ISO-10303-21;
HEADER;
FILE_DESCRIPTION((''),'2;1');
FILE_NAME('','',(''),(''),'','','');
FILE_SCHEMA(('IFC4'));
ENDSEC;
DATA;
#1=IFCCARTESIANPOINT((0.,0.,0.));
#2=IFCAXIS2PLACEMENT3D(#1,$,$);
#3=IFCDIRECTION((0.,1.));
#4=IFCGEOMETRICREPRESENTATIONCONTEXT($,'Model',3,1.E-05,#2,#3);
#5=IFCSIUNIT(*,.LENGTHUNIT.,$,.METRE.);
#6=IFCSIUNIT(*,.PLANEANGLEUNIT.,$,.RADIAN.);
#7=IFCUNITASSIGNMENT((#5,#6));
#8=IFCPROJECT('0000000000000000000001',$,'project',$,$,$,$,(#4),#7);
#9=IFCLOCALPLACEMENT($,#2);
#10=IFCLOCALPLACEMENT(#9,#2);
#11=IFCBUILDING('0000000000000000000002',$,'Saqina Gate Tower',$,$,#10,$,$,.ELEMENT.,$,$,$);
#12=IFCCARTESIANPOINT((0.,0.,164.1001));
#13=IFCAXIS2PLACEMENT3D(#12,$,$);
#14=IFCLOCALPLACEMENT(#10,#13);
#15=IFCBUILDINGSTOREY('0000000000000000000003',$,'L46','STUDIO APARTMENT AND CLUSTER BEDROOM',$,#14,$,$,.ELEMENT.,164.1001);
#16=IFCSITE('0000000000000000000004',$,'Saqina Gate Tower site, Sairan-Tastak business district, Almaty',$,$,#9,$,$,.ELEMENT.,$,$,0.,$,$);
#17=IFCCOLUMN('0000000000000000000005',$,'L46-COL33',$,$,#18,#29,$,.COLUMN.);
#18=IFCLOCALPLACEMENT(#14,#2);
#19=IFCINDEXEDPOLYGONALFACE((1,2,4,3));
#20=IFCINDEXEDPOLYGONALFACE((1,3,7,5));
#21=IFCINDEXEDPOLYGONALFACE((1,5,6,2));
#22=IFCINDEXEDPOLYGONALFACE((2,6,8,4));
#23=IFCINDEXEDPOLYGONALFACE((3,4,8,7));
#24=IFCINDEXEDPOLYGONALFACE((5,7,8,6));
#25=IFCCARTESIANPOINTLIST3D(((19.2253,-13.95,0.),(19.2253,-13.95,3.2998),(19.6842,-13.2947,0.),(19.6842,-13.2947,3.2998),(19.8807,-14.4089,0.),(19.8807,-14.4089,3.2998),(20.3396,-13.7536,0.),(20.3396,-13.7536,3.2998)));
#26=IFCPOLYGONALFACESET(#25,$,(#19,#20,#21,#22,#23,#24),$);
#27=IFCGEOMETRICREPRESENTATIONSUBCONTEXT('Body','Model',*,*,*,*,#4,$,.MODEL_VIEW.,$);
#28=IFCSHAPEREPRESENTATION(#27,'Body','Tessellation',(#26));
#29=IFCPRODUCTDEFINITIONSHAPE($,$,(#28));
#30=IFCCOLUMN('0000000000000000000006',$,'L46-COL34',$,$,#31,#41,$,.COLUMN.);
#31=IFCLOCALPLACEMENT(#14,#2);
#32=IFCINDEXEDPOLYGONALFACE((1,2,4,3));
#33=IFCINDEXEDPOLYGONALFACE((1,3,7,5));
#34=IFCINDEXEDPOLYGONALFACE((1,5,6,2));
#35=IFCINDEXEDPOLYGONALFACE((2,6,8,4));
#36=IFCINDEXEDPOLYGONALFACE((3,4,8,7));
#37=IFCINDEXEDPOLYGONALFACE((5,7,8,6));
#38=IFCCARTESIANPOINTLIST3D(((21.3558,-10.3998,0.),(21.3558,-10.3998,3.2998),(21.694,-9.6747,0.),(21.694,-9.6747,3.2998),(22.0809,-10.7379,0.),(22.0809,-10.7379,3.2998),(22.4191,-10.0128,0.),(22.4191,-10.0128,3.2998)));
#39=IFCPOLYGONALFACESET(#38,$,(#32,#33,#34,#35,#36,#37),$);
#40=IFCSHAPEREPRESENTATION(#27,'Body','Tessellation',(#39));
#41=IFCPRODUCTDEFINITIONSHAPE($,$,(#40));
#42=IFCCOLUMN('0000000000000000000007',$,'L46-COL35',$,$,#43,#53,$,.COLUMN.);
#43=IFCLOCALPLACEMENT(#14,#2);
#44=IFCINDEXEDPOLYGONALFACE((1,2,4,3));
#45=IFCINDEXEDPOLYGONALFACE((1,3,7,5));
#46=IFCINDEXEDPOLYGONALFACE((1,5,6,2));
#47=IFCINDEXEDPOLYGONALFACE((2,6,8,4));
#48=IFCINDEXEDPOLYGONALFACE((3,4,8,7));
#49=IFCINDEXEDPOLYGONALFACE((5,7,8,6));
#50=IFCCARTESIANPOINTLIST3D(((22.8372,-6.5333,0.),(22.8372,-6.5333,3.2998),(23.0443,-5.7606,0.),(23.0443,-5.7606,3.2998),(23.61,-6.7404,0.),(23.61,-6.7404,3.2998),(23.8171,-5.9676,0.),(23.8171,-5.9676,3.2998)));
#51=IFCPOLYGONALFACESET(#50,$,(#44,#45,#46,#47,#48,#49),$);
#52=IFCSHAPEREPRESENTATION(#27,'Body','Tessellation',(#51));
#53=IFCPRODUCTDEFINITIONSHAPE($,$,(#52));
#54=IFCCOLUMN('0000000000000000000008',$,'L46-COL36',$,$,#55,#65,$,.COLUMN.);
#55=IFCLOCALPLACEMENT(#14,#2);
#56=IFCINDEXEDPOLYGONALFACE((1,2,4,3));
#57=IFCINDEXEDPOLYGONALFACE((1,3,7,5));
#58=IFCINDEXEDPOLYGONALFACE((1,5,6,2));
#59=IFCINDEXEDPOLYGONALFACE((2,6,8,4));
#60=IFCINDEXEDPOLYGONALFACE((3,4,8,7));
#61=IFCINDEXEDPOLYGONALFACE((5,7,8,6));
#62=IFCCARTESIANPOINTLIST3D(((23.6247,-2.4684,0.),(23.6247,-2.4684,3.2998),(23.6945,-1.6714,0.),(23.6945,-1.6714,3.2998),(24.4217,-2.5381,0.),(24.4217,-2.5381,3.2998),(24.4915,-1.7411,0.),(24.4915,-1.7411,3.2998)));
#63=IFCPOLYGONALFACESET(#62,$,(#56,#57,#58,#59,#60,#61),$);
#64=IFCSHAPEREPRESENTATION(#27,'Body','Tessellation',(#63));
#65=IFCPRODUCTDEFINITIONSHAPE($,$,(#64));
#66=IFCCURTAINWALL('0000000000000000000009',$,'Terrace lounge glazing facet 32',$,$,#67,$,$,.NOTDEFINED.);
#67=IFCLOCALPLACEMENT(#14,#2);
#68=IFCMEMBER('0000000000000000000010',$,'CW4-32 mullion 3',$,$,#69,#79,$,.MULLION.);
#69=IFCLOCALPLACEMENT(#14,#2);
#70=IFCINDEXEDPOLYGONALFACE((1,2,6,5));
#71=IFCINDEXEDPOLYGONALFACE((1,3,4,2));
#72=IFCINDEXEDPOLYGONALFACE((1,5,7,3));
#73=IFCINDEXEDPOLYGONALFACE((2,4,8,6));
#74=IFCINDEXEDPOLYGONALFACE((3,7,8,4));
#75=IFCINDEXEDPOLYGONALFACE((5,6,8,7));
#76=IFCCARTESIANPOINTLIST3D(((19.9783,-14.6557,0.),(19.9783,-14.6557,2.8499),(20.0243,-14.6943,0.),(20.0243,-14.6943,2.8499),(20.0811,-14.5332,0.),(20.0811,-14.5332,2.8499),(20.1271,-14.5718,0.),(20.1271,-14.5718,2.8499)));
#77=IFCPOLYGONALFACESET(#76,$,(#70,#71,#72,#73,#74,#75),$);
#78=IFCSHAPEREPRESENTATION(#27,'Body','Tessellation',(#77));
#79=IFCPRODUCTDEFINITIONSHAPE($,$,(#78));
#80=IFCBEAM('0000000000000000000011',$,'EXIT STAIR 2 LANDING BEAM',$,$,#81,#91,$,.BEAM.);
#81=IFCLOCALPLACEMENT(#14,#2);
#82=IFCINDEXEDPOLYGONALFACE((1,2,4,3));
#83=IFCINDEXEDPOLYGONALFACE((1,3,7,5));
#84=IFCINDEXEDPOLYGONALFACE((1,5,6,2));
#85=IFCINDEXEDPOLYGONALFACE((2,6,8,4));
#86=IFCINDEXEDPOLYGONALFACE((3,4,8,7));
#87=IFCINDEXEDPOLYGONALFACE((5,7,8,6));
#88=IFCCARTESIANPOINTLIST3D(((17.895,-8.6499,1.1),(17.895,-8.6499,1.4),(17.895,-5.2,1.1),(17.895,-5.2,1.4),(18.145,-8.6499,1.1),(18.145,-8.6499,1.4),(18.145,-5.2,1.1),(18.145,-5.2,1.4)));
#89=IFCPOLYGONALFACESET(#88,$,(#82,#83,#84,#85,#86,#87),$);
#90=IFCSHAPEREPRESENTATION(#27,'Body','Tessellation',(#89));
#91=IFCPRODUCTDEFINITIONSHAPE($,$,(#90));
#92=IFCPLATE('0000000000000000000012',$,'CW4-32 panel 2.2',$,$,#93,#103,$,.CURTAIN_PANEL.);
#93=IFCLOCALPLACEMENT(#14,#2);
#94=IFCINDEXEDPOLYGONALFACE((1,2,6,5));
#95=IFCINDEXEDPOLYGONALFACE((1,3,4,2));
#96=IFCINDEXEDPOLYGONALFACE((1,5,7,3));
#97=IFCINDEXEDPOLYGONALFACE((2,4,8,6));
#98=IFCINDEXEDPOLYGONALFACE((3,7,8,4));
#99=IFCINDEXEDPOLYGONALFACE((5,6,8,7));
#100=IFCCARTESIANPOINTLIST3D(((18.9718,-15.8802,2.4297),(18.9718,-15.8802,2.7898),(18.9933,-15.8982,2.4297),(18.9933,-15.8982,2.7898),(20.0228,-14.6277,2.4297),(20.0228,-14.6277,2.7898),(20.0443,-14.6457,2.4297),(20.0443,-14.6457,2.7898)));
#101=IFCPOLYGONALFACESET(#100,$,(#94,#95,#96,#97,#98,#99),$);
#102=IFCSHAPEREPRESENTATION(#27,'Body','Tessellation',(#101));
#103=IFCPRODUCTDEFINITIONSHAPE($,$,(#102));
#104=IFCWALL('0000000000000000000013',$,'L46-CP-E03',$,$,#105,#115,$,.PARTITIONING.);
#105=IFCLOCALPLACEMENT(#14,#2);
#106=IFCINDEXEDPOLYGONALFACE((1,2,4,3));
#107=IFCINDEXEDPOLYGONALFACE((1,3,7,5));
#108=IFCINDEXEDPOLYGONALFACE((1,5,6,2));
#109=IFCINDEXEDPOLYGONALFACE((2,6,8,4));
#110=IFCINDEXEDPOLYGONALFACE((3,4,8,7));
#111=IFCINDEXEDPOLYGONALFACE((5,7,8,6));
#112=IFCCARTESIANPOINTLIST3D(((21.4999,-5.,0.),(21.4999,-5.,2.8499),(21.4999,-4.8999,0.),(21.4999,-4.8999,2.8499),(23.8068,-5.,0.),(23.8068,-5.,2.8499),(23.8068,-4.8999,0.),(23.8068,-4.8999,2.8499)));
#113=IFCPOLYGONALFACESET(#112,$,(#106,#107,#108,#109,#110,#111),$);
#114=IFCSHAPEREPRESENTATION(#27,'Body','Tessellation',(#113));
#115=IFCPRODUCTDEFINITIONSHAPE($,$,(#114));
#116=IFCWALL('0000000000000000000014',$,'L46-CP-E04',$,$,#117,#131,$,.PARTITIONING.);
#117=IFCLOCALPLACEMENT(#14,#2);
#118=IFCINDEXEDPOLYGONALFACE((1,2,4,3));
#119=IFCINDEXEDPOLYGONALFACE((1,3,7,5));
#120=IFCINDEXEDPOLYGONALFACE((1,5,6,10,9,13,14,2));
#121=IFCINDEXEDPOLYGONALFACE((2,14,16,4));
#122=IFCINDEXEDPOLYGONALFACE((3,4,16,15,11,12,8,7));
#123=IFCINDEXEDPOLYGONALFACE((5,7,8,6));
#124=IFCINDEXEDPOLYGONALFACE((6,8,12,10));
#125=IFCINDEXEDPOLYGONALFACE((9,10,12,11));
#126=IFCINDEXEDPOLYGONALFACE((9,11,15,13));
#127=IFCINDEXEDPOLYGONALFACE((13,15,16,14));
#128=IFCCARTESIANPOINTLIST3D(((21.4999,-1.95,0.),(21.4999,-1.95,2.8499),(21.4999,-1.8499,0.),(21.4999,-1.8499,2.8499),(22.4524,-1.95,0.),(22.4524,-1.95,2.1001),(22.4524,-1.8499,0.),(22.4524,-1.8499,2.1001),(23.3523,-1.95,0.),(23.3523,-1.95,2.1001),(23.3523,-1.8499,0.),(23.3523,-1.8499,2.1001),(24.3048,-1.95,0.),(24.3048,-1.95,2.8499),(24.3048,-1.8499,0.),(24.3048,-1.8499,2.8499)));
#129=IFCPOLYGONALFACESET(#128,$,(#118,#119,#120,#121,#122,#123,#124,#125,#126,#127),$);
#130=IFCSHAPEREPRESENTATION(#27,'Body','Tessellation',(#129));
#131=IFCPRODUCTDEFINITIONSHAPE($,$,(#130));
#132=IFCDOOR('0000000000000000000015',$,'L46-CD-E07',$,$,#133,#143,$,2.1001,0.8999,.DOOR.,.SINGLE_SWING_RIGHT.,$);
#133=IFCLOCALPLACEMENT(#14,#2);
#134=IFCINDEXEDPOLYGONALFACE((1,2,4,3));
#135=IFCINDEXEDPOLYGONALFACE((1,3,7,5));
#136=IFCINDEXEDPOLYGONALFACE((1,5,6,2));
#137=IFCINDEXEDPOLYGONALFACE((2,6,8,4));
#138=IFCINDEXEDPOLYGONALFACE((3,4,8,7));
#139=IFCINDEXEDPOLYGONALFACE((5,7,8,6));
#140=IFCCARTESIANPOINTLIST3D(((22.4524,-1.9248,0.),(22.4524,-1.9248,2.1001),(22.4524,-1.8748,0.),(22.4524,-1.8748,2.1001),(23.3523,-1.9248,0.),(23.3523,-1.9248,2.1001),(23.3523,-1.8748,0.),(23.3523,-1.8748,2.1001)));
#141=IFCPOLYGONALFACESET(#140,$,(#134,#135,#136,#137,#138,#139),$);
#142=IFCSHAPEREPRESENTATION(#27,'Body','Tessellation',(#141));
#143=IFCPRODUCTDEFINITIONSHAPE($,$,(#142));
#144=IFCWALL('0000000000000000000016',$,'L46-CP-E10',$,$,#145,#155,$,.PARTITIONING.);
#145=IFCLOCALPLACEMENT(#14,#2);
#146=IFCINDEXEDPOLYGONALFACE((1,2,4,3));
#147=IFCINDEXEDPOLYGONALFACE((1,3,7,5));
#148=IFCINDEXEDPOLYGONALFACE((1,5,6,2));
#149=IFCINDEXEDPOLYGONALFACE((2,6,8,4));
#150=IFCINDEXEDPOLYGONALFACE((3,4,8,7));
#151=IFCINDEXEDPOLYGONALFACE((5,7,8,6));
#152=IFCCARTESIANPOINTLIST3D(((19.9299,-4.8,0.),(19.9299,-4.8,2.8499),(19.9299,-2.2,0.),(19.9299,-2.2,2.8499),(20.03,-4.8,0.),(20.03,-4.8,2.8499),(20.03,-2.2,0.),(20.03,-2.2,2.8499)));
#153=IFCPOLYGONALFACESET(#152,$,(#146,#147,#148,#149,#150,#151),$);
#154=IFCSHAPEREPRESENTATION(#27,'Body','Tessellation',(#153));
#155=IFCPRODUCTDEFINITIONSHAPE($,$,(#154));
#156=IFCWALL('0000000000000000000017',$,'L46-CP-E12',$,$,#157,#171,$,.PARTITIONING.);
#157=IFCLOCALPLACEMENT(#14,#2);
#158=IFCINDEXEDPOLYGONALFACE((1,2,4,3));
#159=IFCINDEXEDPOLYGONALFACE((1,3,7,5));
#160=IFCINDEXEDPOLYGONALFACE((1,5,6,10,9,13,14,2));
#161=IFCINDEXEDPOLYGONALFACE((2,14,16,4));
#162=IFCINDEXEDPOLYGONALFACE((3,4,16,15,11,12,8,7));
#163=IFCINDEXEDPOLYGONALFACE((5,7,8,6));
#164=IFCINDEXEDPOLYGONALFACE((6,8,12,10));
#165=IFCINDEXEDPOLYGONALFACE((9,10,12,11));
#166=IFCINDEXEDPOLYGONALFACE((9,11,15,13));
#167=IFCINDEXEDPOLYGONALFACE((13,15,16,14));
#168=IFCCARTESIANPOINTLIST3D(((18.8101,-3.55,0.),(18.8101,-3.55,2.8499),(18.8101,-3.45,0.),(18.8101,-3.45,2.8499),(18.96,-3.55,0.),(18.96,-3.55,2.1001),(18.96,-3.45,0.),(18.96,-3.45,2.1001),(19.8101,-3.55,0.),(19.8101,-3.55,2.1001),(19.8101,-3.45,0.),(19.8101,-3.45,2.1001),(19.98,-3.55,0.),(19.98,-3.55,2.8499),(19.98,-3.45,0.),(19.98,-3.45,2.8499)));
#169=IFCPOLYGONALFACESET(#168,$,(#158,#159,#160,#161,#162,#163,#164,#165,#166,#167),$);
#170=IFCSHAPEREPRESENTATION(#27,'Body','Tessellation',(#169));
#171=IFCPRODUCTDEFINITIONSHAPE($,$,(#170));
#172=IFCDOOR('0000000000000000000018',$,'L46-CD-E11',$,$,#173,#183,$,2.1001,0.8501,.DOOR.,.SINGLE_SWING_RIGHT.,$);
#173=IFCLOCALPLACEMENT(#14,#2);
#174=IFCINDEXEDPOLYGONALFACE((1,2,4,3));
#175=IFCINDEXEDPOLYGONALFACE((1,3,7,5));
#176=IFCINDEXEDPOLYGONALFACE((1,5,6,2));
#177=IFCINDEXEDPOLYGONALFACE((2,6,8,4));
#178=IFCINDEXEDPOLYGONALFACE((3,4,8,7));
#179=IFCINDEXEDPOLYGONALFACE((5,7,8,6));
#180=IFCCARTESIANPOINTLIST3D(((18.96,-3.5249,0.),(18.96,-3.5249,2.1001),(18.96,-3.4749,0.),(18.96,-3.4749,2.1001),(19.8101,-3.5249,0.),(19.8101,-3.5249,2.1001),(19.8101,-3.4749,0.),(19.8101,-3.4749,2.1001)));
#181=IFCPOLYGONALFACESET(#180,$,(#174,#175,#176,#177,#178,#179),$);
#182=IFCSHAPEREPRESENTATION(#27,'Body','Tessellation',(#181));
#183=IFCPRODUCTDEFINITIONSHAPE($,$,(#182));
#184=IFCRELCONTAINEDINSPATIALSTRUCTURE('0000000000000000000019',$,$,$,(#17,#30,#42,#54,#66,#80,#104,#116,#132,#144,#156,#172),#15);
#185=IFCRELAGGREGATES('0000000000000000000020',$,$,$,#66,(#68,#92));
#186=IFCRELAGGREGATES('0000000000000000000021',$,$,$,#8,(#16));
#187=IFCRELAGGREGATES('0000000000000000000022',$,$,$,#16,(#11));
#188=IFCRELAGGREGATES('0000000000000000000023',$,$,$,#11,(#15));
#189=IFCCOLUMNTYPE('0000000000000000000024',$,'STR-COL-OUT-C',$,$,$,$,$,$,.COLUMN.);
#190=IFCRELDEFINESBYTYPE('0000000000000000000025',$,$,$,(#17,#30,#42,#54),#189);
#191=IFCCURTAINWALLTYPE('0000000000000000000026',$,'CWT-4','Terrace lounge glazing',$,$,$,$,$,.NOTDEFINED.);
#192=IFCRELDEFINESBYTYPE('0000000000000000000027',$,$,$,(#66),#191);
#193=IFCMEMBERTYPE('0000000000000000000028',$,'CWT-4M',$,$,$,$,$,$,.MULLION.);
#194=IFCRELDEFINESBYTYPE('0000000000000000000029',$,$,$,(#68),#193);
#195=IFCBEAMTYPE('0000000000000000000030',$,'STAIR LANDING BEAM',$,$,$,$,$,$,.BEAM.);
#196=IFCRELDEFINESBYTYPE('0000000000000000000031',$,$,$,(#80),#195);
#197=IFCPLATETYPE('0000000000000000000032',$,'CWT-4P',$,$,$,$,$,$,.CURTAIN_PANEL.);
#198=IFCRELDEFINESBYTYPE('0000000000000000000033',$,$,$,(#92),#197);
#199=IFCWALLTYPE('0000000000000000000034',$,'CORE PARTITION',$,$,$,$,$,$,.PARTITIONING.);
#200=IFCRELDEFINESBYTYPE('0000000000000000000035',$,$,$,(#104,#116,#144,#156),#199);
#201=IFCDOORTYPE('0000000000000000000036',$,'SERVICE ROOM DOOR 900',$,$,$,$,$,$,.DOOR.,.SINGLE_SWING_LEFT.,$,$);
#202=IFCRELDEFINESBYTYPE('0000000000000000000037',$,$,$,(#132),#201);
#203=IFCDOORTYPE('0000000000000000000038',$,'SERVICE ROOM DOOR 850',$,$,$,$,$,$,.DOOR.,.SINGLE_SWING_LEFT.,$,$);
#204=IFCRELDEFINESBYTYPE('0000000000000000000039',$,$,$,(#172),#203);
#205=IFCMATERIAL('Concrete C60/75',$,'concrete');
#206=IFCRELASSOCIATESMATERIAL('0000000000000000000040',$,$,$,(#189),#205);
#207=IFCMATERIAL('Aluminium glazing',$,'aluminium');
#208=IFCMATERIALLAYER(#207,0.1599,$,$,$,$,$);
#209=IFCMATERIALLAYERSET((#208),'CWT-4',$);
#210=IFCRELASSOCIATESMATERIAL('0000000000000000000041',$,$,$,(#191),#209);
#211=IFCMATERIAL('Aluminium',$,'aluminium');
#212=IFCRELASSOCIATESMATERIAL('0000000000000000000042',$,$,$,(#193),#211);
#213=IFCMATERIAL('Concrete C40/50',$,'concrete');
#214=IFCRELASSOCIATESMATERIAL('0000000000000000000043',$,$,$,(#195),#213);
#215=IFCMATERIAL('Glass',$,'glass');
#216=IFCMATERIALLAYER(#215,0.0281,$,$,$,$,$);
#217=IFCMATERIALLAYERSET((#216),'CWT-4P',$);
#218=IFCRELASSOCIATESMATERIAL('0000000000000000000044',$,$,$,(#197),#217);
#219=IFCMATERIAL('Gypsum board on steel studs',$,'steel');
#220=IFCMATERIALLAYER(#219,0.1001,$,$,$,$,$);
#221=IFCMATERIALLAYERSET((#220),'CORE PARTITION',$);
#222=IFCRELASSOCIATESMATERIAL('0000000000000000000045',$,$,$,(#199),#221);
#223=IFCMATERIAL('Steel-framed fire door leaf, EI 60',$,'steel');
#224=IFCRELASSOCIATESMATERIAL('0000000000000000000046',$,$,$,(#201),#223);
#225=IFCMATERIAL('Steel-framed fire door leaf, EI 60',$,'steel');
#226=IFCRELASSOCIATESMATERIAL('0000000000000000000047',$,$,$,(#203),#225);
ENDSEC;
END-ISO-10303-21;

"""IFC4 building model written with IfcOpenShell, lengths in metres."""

from ifc_helpers import new_model, si_unit, direction, frame, frame_2d, origin, origin_2d, place, context, subcontext, project, spatial, rectangle, extrude, material, layer, layer_set, material_profile, profile_set, type_object, element, fill, aggregate, save


model = new_model("IFC4")

# Units and contexts
model_context = context("Model", 3, precision=1e-05, world=origin(), true_north=direction((0.0, 1.0)))
body_context = subcontext(model_context, "Body", "Model", "MODEL_VIEW")
ifc_project = project(units=[si_unit("LENGTHUNIT", "METRE"), si_unit("PLANEANGLEUNIT", "RADIAN")], contexts=[model_context])

# Site, building, storey
site_placement = place(None, origin())
site = spatial("IfcSite", under=ifc_project, at=site_placement, Name="Saqina Gate Tower site, Sairan-Tastak business district, Almaty", CompositionType="ELEMENT", RefElevation=0.0)
building_placement = place(site_placement, origin())
building = spatial("IfcBuilding", under=site, at=building_placement, Name="Saqina Gate Tower", CompositionType="ELEMENT")
storey_placement = place(building_placement, frame((0.0, 0.0, 164.1001)))
storey = spatial("IfcBuildingStorey", under=building, at=storey_placement, Name="L46", Description="STUDIO APARTMENT AND CLUSTER BEDROOM", CompositionType="ELEMENT", Elevation=164.1001)

# Columns
ifc_material_1 = material(Name="Concrete C60/75", Category="concrete")
ifc_material_profile_1 = material_profile(ifc_material_1, rectangle(XDim=0.8, YDim=0.8, at=origin_2d()), Name="RC 800x800")
ifc_profile_set_1 = profile_set([ifc_material_profile_1], Name="Concrete C60/75")
column_type = type_object("IfcColumnType", Name="STR-COL-OUT-C", PredefinedType="COLUMN", material=ifc_profile_set_1)
for number, where, z_axis, x_axis, name in (
    (1, (19.7825, -13.8518, 0.0), (0.0, 0.0, 1.0), (0.819152, -0.573576, 0.0), "L46-COL33"),
    (2, (21.8875, -10.2063, 0.0), (0.0, 0.0, 1.0), (0.906308, -0.422618, 0.0), "L46-COL34"),
    (3, (23.3271, -6.2505, 0.0), (0.0, 0.0, 1.0), (0.965926, -0.258819, 0.0), "L46-COL35"),
    (4, (24.0581, -2.1047, 0.0), (0.0, 0.0, 1.0), (0.996195, -0.087156, 0.0), "L46-COL36"),
):
    element("IfcColumn", number, at=place(storey_placement, frame(where, z_axis=z_axis, x_axis=x_axis)), inside=storey, type_object=column_type, Name=name, PredefinedType="COLUMN", context=body_context, shape_type="SweptSolid", body=[
        extrude(rectangle(XDim=0.8, YDim=0.8, at=origin_2d()), origin(), (0.0, 0.0, 1.0), 3.2998),
    ])

# Curtain wall, member
ifc_material_2 = material(Name="Aluminium glazing", Category="aluminium")
ifc_layer_1 = layer(ifc_material_2, 0.1599)
ifc_layer_set_1 = layer_set([ifc_layer_1], Name="CWT-4")
curtain_wall_type = type_object("IfcCurtainWallType", Name="CWT-4", Description="Terrace lounge glazing", PredefinedType="NOTDEFINED", material=ifc_layer_set_1)
curtain_wall_placement = place(storey_placement, origin())
curtain_wall = element("IfcCurtainWall", 5, at=curtain_wall_placement, inside=storey, type_object=curtain_wall_type, Name="Terrace lounge glazing facet 32", PredefinedType="NOTDEFINED")
ifc_material_3 = material(Name="Aluminium", Category="aluminium")
ifc_material_profile_2 = material_profile(ifc_material_3, rectangle(XDim=0.0601, YDim=0.1599, at=origin_2d()), Name="Aluminium 60x160")
ifc_profile_set_2 = profile_set([ifc_material_profile_2], Name="Aluminium")
member_type = type_object("IfcMemberType", Name="CWT-4M", PredefinedType="MULLION", material=ifc_profile_set_2)
member_placement = place(storey_placement, frame((20.0527, -14.6138, 0.0), z_axis=(0.0, 0.0, 1.0), x_axis=(-0.766043, 0.64279, 0.0)))
member = element("IfcMember", 6, at=member_placement, type_object=member_type, Name="CW4-32 mullion 3", PredefinedType="MULLION", context=body_context, shape_type="SweptSolid", body=[
    extrude(rectangle(XDim=0.0601, YDim=0.1599, at=origin_2d()), origin(), (0.0, 0.0, 1.0), 2.8499),
])

# Beam
ifc_material_4 = material(Name="Concrete C40/50", Category="concrete")
ifc_material_profile_3 = material_profile(ifc_material_4, rectangle(XDim=0.25, YDim=0.3, at=origin_2d()), Name="STAIR LANDING BEAM")
ifc_profile_set_3 = profile_set([ifc_material_profile_3], Name="Concrete C40/50")
beam_type = type_object("IfcBeamType", Name="STAIR LANDING BEAM", PredefinedType="BEAM", material=ifc_profile_set_3)
beam_placement = place(storey_placement, frame((18.02, -8.6499, 1.25), z_axis=(0.0, 1.0, 0.0), x_axis=(-1.0, 0.0, 0.0)))
element("IfcBeam", 7, at=beam_placement, inside=storey, type_object=beam_type, Name="EXIT STAIR 2 LANDING BEAM", PredefinedType="BEAM", context=body_context, shape_type="SweptSolid", body=[
    extrude(rectangle(XDim=0.25, YDim=0.3, at=origin_2d()), origin(), (0.0, 0.0, 1.0), 3.45),
])

# Plate
ifc_material_5 = material(Name="Glass", Category="glass")
ifc_layer_2 = layer(ifc_material_5, 0.0281)
ifc_layer_set_2 = layer_set([ifc_layer_2], Name="CWT-4P")
plate_type = type_object("IfcPlateType", Name="CWT-4P", PredefinedType="CURTAIN_PANEL", material=ifc_layer_set_2)
plate_placement = place(storey_placement, frame((19.5081, -15.2629, 2.4297), z_axis=(0.0, 0.0, 1.0), x_axis=(0.64279, 0.766043, 0.0)))
plate = element("IfcPlate", 8, at=plate_placement, type_object=plate_type, Name="CW4-32 panel 2.2", PredefinedType="CURTAIN_PANEL", context=body_context, shape_type="SweptSolid", body=[
    extrude(rectangle(XDim=1.635, YDim=0.0281, at=origin_2d()), origin(), (0.0, 0.0, 1.0), 0.3601),
])
aggregate(curtain_wall, [member, plate])

# Wall
ifc_material_6 = material(Name="Gypsum board on steel studs", Category="steel")
ifc_layer_3 = layer(ifc_material_6, 0.1001)
ifc_layer_set_3 = layer_set([ifc_layer_3], Name="CORE PARTITION")
wall_type_1 = type_object("IfcWallType", Name="CORE PARTITION", PredefinedType="PARTITIONING", material=ifc_layer_set_3)
wall_1_placement = place(storey_placement, frame((21.5, -4.95, 0.0), z_axis=(0.0, 0.0, 1.0), x_axis=(1.0, 0.0, 0.0)))
element("IfcWall", 9, at=wall_1_placement, inside=storey, type_object=wall_type_1, Name="L46-CP-E03", PredefinedType="PARTITIONING", context=body_context, shape_type="SweptSolid", body=[
    extrude(rectangle(XDim=2.3069, YDim=0.1001, at=frame_2d((1.1533, 0.0))), origin(), (0.0, 0.0, 1.0), 2.8499),
])

# Wall, opening, door
wall_2_placement = place(storey_placement, frame((21.5, -1.8999, 0.0), z_axis=(0.0, 0.0, 1.0), x_axis=(1.0, 0.0, 0.0)))
wall_2 = element("IfcWall", 10, at=wall_2_placement, inside=storey, type_object=wall_type_1, Name="L46-CP-E04", PredefinedType="PARTITIONING", context=body_context, shape_type="SweptSolid", body=[
    extrude(rectangle(XDim=2.8049, YDim=0.1001, at=frame_2d((1.4023, 0.0))), origin(), (0.0, 0.0, 1.0), 2.8499),
])
opening_1_placement = place(wall_2_placement, frame((0.9524, 0.0, 0.0)))
opening_1 = element("IfcOpeningElement", 11, at=opening_1_placement, cuts=wall_2, PredefinedType="OPENING", context=body_context, shape_type="SweptSolid", body=[
    extrude(rectangle(XDim=0.8999, YDim=2.1001, at=frame_2d((0.45, 1.05))), frame((0.0, 0.062, 0.0), z_axis=(0.0, -1.0, 0.0), x_axis=(1.0, 0.0, 0.0)), (0.0, 0.0, 1.0), 0.124),
])
ifc_material_7 = material(Name="Steel-framed fire door leaf, EI 60", Category="steel")
door_type_1 = type_object("IfcDoorType", Name="SERVICE ROOM DOOR 900", OperationType="SINGLE_SWING_LEFT", PredefinedType="DOOR", material=ifc_material_7)
door_1_placement = place(opening_1_placement, frame((0.8999, 0.0, 0.0), z_axis=(0.0, 0.0, 1.0), x_axis=(-1.0, 0.0, 0.0)))
door_1 = element("IfcDoor", 12, at=door_1_placement, inside=storey, type_object=door_type_1, Name="L46-CD-E07", OperationType="SINGLE_SWING_RIGHT", OverallHeight=2.1001, OverallWidth=0.8999, PredefinedType="DOOR", context=body_context, shape_type="SweptSolid", body=[
    extrude(rectangle(XDim=0.8999, YDim=2.1001, at=frame_2d((0.45, 1.05))), frame((0.0, 0.0249, 0.0), z_axis=(0.0, -1.0, 0.0), x_axis=(1.0, 0.0, 0.0)), (0.0, 0.0, 1.0), 0.05),
])
fill(opening_1, door_1)

# Wall
wall_3_placement = place(storey_placement, frame((19.98, -4.8, 0.0), z_axis=(0.0, 0.0, 1.0), x_axis=(0.0, 1.0, 0.0)))
element("IfcWall", 13, at=wall_3_placement, inside=storey, type_object=wall_type_1, Name="L46-CP-E10", PredefinedType="PARTITIONING", context=body_context, shape_type="SweptSolid", body=[
    extrude(rectangle(XDim=2.6001, YDim=0.1001, at=frame_2d((1.3, 0.0))), origin(), (0.0, 0.0, 1.0), 2.8499),
])

# Wall, opening, door
wall_4_placement = place(storey_placement, frame((18.8101, -3.5, 0.0), z_axis=(0.0, 0.0, 1.0), x_axis=(1.0, 0.0, 0.0)))
wall_4 = element("IfcWall", 14, at=wall_4_placement, inside=storey, type_object=wall_type_1, Name="L46-CP-E12", PredefinedType="PARTITIONING", context=body_context, shape_type="SweptSolid", body=[
    extrude(rectangle(XDim=1.1699, YDim=0.1001, at=frame_2d((0.585, 0.0))), origin(), (0.0, 0.0, 1.0), 2.8499),
])
opening_2_placement = place(wall_4_placement, frame((0.1499, 0.0, 0.0)))
opening_2 = element("IfcOpeningElement", 15, at=opening_2_placement, cuts=wall_4, PredefinedType="OPENING", context=body_context, shape_type="SweptSolid", body=[
    extrude(rectangle(XDim=0.8501, YDim=2.1001, at=frame_2d((0.425, 1.05))), frame((0.0, 0.062, 0.0), z_axis=(0.0, -1.0, 0.0), x_axis=(1.0, 0.0, 0.0)), (0.0, 0.0, 1.0), 0.124),
])
ifc_material_8 = material(Name="Steel-framed fire door leaf, EI 60", Category="steel")
door_type_2 = type_object("IfcDoorType", Name="SERVICE ROOM DOOR 850", OperationType="SINGLE_SWING_LEFT", PredefinedType="DOOR", material=ifc_material_8)
door_2_placement = place(opening_2_placement, frame((0.8501, 0.0, 0.0), z_axis=(0.0, 0.0, 1.0), x_axis=(-1.0, 0.0, 0.0)))
door_2 = element("IfcDoor", 16, at=door_2_placement, inside=storey, type_object=door_type_2, Name="L46-CD-E11", OperationType="SINGLE_SWING_RIGHT", OverallHeight=2.1001, OverallWidth=0.8501, PredefinedType="DOOR", context=body_context, shape_type="SweptSolid", body=[
    extrude(rectangle(XDim=0.8501, YDim=2.1001, at=frame_2d((0.425, 1.05))), frame((0.0, 0.0249, 0.0), z_axis=(0.0, -1.0, 0.0), x_axis=(1.0, 0.0, 0.0)), (0.0, 0.0, 1.0), 0.05),
])
fill(opening_2, door_2)

save(model, "model.ifc")
